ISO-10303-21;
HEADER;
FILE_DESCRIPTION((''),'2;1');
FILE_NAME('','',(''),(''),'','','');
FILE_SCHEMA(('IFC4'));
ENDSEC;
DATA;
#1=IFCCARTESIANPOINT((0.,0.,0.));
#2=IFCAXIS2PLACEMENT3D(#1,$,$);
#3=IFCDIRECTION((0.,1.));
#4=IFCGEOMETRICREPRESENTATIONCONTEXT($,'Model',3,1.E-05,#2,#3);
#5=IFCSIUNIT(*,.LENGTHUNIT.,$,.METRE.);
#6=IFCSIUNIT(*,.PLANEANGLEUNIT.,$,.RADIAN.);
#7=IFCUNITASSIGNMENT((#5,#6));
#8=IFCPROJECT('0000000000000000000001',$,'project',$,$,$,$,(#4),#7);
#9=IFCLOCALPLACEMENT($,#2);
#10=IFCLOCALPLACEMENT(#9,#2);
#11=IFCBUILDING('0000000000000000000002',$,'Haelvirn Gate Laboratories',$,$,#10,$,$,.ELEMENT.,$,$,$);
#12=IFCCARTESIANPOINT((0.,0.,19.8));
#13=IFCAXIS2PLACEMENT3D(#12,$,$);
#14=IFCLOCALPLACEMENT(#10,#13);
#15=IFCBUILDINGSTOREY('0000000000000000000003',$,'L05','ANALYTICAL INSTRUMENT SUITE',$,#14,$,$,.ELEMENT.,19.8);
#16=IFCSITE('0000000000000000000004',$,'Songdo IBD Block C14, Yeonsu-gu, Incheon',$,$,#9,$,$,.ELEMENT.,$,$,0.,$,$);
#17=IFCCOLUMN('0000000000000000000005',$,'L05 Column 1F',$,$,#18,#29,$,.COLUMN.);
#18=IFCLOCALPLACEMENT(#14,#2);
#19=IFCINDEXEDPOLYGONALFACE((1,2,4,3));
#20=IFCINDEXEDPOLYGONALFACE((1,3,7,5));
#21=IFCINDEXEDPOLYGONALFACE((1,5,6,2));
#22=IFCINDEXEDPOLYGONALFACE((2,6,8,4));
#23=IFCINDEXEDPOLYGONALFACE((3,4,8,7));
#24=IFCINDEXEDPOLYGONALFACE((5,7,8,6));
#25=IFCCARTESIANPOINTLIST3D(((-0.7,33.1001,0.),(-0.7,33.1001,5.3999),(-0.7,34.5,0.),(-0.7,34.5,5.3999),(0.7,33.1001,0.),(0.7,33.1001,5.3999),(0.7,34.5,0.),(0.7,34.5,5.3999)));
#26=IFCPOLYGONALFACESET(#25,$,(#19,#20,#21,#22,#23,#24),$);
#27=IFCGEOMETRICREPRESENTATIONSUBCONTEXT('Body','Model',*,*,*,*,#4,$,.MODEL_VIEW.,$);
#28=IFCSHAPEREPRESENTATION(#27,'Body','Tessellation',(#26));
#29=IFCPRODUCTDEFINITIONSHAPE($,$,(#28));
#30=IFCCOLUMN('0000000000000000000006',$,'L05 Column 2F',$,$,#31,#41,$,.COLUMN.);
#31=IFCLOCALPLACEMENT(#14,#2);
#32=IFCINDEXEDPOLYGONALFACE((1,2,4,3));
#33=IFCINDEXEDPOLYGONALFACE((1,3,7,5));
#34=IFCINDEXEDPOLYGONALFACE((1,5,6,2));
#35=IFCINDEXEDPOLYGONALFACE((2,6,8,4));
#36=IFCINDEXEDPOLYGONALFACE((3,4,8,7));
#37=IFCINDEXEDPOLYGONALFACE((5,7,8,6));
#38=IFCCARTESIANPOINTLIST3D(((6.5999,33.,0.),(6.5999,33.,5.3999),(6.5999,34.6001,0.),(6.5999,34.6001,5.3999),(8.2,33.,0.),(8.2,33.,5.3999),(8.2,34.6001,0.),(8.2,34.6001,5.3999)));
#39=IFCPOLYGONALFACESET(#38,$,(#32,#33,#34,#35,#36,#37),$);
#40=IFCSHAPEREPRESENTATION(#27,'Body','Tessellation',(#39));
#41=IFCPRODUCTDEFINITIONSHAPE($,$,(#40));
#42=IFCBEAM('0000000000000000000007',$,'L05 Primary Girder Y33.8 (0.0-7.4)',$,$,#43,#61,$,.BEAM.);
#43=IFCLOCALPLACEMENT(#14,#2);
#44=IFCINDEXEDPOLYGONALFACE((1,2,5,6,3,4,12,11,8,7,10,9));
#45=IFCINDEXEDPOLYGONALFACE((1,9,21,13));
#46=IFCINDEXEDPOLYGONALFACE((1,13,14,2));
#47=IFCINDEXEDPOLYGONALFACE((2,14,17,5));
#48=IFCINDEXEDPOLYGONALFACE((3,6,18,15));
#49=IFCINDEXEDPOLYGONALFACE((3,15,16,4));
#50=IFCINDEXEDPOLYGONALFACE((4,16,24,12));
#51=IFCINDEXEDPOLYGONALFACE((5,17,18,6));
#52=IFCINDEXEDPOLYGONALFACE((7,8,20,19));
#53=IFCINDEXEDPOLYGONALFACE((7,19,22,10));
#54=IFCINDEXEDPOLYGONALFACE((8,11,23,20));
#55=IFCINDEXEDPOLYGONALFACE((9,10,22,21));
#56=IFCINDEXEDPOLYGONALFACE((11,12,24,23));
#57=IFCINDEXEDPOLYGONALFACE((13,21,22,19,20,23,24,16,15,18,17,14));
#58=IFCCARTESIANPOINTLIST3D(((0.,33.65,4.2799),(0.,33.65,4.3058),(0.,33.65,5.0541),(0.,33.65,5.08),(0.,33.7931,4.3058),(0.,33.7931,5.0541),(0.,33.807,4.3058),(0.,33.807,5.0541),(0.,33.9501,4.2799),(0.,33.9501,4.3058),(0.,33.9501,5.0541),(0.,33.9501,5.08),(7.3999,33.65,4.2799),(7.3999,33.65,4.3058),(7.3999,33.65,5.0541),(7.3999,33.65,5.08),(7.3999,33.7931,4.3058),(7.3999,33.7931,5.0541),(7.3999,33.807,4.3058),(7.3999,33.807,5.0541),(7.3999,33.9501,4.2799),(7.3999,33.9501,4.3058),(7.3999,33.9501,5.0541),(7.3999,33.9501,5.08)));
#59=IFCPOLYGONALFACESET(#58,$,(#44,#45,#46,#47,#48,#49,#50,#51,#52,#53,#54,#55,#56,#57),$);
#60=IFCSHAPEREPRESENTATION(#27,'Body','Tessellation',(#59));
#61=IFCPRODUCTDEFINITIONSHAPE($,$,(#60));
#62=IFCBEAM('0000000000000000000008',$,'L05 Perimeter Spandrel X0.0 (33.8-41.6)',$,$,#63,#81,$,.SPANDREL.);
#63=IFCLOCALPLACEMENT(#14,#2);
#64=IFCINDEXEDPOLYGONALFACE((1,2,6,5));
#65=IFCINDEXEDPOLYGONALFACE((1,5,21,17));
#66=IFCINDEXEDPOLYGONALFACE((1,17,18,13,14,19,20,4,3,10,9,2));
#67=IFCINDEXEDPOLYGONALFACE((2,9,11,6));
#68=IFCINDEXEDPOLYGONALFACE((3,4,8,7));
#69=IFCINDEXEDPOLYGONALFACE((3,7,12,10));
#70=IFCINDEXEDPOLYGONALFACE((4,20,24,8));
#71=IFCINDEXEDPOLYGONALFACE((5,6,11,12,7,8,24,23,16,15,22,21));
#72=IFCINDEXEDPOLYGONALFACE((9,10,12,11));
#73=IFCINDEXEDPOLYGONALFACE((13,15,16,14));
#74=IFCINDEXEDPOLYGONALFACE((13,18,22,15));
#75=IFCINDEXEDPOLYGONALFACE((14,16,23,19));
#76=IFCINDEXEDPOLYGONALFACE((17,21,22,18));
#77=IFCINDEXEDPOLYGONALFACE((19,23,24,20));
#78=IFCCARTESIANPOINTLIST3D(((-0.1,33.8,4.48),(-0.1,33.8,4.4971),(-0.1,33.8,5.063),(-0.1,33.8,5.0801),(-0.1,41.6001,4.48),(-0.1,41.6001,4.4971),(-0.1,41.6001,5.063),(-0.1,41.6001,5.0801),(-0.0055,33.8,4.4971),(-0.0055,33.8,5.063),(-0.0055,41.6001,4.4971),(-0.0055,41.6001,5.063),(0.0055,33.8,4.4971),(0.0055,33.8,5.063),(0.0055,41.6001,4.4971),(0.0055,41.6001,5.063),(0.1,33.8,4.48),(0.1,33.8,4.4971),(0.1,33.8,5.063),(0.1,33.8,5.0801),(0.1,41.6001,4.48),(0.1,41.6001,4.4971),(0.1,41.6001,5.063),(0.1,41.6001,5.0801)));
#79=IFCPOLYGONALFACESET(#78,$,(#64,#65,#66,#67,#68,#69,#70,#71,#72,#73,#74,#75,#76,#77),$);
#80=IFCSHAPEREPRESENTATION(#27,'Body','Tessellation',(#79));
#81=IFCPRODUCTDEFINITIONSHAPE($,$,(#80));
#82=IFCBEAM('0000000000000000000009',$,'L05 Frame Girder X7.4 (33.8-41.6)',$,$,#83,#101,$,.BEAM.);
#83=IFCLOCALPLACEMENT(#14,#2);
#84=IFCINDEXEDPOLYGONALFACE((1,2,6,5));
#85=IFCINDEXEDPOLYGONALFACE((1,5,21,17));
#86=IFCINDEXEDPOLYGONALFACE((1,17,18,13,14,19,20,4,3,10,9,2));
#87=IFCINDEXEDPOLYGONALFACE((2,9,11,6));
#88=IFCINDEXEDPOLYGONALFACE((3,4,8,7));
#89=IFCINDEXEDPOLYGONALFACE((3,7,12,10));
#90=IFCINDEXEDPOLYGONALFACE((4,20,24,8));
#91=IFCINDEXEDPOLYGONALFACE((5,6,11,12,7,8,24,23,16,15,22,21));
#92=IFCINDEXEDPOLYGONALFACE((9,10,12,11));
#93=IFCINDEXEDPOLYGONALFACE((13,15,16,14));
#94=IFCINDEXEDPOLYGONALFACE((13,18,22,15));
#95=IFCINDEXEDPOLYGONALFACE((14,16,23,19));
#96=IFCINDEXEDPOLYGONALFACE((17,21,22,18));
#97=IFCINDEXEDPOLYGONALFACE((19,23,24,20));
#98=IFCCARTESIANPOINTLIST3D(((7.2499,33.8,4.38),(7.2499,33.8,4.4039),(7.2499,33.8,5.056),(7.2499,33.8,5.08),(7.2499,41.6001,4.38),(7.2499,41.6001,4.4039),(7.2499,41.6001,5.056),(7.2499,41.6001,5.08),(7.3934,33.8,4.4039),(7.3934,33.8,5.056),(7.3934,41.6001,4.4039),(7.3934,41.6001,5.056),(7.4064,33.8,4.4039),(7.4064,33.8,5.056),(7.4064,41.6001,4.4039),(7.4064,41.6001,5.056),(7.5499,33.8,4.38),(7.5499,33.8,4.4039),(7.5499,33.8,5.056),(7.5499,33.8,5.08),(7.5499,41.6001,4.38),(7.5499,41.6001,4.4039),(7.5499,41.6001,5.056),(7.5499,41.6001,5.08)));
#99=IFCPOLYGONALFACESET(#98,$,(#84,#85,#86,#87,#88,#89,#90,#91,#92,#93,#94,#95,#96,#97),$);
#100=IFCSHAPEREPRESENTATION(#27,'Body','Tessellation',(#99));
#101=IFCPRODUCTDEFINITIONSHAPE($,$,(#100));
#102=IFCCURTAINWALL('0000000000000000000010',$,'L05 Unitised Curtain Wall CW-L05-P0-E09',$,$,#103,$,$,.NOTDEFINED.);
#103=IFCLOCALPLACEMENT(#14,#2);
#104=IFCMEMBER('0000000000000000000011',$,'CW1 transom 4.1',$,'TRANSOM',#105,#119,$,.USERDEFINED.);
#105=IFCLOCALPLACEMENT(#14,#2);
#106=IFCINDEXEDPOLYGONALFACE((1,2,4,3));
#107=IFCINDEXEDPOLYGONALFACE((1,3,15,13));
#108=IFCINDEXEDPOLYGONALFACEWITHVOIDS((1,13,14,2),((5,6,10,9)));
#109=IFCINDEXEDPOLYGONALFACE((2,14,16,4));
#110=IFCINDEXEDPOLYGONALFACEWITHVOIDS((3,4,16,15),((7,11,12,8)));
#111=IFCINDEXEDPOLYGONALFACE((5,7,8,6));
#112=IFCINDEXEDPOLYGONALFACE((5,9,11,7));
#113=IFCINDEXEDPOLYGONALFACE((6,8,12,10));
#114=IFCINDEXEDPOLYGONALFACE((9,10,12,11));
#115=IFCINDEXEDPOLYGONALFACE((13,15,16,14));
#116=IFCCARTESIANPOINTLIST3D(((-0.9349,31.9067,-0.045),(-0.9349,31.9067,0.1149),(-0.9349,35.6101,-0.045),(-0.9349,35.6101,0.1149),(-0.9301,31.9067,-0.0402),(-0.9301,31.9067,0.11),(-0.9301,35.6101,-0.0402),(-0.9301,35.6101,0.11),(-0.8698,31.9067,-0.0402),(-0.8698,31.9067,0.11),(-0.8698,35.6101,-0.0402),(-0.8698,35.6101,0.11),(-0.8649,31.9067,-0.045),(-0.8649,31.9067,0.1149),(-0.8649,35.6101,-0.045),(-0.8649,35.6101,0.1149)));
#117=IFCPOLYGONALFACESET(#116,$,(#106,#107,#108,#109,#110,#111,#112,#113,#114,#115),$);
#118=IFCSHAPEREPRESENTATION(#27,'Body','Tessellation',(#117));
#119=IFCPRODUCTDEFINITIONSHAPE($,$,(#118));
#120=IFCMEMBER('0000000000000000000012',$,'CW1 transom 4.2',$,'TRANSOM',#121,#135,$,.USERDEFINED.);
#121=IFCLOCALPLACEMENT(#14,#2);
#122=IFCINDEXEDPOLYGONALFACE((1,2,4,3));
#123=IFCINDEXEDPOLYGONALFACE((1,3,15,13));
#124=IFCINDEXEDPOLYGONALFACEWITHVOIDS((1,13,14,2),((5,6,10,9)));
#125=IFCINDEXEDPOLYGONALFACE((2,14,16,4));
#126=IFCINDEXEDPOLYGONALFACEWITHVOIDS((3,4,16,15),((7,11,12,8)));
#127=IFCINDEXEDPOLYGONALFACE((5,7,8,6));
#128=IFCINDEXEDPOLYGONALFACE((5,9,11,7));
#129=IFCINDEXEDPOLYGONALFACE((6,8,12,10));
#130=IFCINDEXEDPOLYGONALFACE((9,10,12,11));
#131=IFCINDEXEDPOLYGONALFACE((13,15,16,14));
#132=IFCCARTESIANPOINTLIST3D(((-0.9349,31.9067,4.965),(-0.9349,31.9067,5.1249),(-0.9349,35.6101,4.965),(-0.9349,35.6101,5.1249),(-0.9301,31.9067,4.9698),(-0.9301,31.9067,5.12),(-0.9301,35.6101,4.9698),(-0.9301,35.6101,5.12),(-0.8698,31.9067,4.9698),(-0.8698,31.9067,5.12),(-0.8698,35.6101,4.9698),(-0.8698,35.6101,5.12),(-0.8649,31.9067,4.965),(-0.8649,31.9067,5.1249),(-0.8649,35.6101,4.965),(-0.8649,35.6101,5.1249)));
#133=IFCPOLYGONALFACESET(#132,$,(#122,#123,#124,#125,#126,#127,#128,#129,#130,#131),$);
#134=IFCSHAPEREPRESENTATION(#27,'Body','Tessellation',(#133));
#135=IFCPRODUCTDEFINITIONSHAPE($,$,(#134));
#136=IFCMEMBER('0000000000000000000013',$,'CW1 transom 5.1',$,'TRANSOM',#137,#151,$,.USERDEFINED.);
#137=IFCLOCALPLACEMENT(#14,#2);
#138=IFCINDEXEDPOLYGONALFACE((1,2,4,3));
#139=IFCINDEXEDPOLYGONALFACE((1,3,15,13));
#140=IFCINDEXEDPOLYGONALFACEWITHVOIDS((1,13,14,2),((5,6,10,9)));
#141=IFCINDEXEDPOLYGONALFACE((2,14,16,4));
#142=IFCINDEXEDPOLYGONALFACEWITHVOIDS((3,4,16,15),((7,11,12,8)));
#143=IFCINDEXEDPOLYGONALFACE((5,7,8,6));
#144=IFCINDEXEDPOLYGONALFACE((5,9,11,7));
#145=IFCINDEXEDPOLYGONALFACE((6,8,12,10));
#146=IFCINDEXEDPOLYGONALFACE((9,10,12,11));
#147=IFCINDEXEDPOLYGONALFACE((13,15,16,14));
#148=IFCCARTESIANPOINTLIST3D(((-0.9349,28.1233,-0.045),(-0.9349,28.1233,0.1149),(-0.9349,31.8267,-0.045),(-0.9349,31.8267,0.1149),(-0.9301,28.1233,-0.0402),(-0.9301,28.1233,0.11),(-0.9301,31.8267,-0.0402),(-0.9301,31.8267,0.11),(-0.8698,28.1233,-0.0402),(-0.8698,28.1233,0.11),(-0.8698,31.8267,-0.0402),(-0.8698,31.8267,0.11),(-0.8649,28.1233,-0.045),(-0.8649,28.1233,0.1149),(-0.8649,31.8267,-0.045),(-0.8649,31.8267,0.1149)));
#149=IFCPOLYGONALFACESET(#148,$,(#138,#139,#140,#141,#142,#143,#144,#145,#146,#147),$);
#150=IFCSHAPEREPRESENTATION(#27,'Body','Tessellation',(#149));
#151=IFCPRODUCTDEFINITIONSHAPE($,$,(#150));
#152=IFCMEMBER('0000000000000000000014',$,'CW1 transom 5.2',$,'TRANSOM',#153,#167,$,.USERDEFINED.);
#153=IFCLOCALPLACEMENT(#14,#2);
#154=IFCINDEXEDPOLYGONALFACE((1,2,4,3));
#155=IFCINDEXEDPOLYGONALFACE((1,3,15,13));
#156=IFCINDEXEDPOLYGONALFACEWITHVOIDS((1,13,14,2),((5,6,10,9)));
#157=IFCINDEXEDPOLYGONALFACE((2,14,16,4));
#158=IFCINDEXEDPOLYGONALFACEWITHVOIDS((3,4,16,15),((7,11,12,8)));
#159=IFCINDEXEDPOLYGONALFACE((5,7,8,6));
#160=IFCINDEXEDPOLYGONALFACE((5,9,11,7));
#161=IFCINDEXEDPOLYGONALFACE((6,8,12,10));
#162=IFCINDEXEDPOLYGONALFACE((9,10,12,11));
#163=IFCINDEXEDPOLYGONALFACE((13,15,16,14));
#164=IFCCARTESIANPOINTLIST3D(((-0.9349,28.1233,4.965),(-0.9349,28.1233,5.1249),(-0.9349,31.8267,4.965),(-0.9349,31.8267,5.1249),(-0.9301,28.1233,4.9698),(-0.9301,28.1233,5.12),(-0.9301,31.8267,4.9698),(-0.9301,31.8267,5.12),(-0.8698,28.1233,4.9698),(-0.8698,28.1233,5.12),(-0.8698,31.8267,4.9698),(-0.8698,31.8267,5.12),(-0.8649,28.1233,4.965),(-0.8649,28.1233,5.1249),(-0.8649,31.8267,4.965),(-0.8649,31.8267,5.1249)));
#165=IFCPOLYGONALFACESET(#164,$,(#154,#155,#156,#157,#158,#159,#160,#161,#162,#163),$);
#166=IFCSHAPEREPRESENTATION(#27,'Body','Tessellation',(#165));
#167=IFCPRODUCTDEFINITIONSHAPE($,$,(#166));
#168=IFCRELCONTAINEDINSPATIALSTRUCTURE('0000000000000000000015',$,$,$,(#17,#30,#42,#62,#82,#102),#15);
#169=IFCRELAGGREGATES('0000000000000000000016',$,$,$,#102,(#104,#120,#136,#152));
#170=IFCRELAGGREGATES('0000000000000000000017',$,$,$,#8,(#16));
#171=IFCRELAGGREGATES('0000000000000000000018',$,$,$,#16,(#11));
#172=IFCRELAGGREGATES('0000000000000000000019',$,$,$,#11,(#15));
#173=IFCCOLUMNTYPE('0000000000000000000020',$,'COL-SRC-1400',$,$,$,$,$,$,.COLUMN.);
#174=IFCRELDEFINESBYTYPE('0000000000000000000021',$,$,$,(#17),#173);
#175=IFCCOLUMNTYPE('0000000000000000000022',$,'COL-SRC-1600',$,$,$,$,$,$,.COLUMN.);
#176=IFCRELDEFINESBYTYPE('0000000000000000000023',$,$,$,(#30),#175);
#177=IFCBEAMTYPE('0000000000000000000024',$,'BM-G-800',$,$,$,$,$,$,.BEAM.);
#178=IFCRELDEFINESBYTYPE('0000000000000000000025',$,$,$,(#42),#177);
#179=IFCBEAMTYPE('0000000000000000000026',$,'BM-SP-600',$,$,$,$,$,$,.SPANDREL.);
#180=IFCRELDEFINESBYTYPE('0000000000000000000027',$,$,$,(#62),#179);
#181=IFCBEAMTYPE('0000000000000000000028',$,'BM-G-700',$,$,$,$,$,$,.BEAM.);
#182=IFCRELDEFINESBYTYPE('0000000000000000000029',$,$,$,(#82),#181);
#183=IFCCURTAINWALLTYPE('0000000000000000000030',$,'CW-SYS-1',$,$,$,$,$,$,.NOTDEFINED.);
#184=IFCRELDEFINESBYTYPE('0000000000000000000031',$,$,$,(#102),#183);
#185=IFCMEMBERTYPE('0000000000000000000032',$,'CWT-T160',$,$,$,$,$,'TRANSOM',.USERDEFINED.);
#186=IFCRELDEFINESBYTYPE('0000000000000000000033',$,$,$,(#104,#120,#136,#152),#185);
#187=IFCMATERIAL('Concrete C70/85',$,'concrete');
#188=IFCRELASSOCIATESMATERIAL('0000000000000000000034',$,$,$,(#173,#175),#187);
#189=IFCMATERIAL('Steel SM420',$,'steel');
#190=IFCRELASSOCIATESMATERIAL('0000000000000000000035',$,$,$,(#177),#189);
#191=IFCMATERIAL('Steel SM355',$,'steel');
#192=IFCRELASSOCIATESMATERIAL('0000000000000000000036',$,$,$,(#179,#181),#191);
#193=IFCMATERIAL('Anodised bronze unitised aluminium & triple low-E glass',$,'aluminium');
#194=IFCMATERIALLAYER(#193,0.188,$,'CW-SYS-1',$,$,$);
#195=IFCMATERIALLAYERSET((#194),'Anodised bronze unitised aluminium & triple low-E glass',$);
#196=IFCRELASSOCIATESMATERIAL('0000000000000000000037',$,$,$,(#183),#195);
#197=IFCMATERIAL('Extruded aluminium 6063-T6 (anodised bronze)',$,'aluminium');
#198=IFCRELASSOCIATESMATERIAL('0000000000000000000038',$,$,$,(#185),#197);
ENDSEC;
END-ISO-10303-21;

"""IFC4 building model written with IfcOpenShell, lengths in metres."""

from ifc_helpers import new_model, si_unit, direction, frame, origin, origin_2d, place, context, subcontext, project, spatial, rectangle, hollow_rectangle, i_section, extrude, source, transform, mapped, material, layer, layer_set, material_profile, profile_set, type_object, type_shapes, element, aggregate, save


model = new_model("IFC4")

# Units and contexts
model_context = context("Model", 3, precision=1e-05, world=origin(), true_north=direction((0.0, 1.0)))
body_context = subcontext(model_context, "Body", "Model", "MODEL_VIEW")
ifc_project = project(units=[si_unit("LENGTHUNIT", "METRE"), si_unit("PLANEANGLEUNIT", "RADIAN")], contexts=[model_context])

# Site, building, storey
site_placement = place(None, origin())
site = spatial("IfcSite", under=ifc_project, at=site_placement, Name="Songdo IBD Block C14, Yeonsu-gu, Incheon", CompositionType="ELEMENT", RefElevation=0.0)
building_placement = place(site_placement, origin())
building = spatial("IfcBuilding", under=site, at=building_placement, Name="Haelvirn Gate Laboratories", CompositionType="ELEMENT")
storey_placement = place(building_placement, frame((0.0, 0.0, 19.8)))
storey = spatial("IfcBuildingStorey", under=building, at=storey_placement, Name="L05", Description="ANALYTICAL INSTRUMENT SUITE", CompositionType="ELEMENT", Elevation=19.8)

# Columns
ifc_material_1 = material(Name="Concrete C70/85", Category="concrete")
ifc_material_profile_1 = material_profile(ifc_material_1, rectangle(XDim=1.3999, YDim=1.3999, at=origin_2d()), Name="SRC-1400x1400")
ifc_profile_set_1 = profile_set([ifc_material_profile_1], Name="Concrete C70/85")
column_type_1 = type_object("IfcColumnType", Name="COL-SRC-1400", PredefinedType="COLUMN", material=ifc_profile_set_1)
shared_shape_1 = source(origin(), body_context, "Body", "SweptSolid", [
    extrude(rectangle(XDim=1.3999, YDim=1.3999, at=origin_2d()), origin(), (0.0, 0.0, 1.0), 5.3999),
])
type_shapes(column_type_1, [shared_shape_1])
column_1_placement = place(storey_placement, frame((0.0, 33.8, 0.0), z_axis=(0.0, 0.0, 1.0), x_axis=(1.0, 0.0, 0.0)))
element("IfcColumn", 1, at=column_1_placement, inside=storey, type_object=column_type_1, Name="L05 Column 1F", PredefinedType="COLUMN", context=body_context, shape_type="MappedRepresentation", body=[
    mapped(shared_shape_1, transform((0.0, 0.0, 0.0), scale=1.0)),
])
ifc_material_profile_2 = material_profile(ifc_material_1, rectangle(XDim=1.6001, YDim=1.6001, at=origin_2d()), Name="SRC-1600x1600")
ifc_profile_set_2 = profile_set([ifc_material_profile_2], Name="Concrete C70/85")
column_type_2 = type_object("IfcColumnType", Name="COL-SRC-1600", PredefinedType="COLUMN", material=ifc_profile_set_2)
shared_shape_2 = source(origin(), body_context, "Body", "SweptSolid", [
    extrude(rectangle(XDim=1.6001, YDim=1.6001, at=origin_2d()), origin(), (0.0, 0.0, 1.0), 5.3999),
])
type_shapes(column_type_2, [shared_shape_2])
column_2_placement = place(storey_placement, frame((7.3999, 33.8, 0.0), z_axis=(0.0, 0.0, 1.0), x_axis=(1.0, 0.0, 0.0)))
element("IfcColumn", 2, at=column_2_placement, inside=storey, type_object=column_type_2, Name="L05 Column 2F", PredefinedType="COLUMN", context=body_context, shape_type="MappedRepresentation", body=[
    mapped(shared_shape_2, transform((0.0, 0.0, 0.0), scale=1.0)),
])

# Beams
ifc_material_2 = material(Name="Steel SM420", Category="steel")
ifc_material_profile_3 = material_profile(ifc_material_2, i_section(OverallWidth=0.3, OverallDepth=0.8, WebThickness=0.0139, FlangeThickness=0.0259, at=origin_2d()), Name="H-800x300x14x26")
ifc_profile_set_3 = profile_set([ifc_material_profile_3], Name="Steel SM420")
beam_type_1 = type_object("IfcBeamType", Name="BM-G-800", PredefinedType="BEAM", material=ifc_profile_set_3)
shared_shape_3 = source(origin(), body_context, "Body", "SweptSolid", [
    extrude(i_section(OverallWidth=0.3, OverallDepth=0.8, WebThickness=0.0139, FlangeThickness=0.0259, at=origin_2d()), origin(), (0.0, 0.0, 1.0), 7.3999),
])
type_shapes(beam_type_1, [shared_shape_3])
beam_1_placement = place(storey_placement, frame((0.0, 33.8, 4.6799), z_axis=(1.0, 0.0, 0.0), x_axis=(0.0, 1.0, 0.0)))
element("IfcBeam", 3, at=beam_1_placement, inside=storey, type_object=beam_type_1, Name="L05 Primary Girder Y33.8 (0.0-7.4)", PredefinedType="BEAM", context=body_context, shape_type="MappedRepresentation", body=[
    mapped(shared_shape_3, transform((0.0, 0.0, 0.0), scale=1.0)),
])
ifc_material_3 = material(Name="Steel SM355", Category="steel")
ifc_material_profile_4 = material_profile(ifc_material_3, i_section(OverallWidth=0.2, OverallDepth=0.6001, WebThickness=0.011, FlangeThickness=0.0171, at=origin_2d()), Name="H-600x200x11x17")
ifc_profile_set_4 = profile_set([ifc_material_profile_4], Name="Steel SM355")
beam_type_2 = type_object("IfcBeamType", Name="BM-SP-600", PredefinedType="SPANDREL", material=ifc_profile_set_4)
shared_shape_4 = source(origin(), body_context, "Body", "SweptSolid", [
    extrude(i_section(OverallWidth=0.2, OverallDepth=0.6001, WebThickness=0.011, FlangeThickness=0.0171, at=origin_2d()), origin(), (0.0, 0.0, 1.0), 7.8),
])
type_shapes(beam_type_2, [shared_shape_4])
beam_2_placement = place(storey_placement, frame((0.0, 33.8, 4.78), z_axis=(0.0, 1.0, 0.0), x_axis=(-1.0, 0.0, 0.0)))
element("IfcBeam", 4, at=beam_2_placement, inside=storey, type_object=beam_type_2, Name="L05 Perimeter Spandrel X0.0 (33.8-41.6)", PredefinedType="SPANDREL", context=body_context, shape_type="MappedRepresentation", body=[
    mapped(shared_shape_4, transform((0.0, 0.0, 0.0), scale=1.0)),
])
ifc_material_profile_5 = material_profile(ifc_material_3, i_section(OverallWidth=0.3, OverallDepth=0.7, WebThickness=0.0129, FlangeThickness=0.0239, at=origin_2d()), Name="H-700x300x13x24")
ifc_profile_set_5 = profile_set([ifc_material_profile_5], Name="Steel SM355")
beam_type_3 = type_object("IfcBeamType", Name="BM-G-700", PredefinedType="BEAM", material=ifc_profile_set_5)
shared_shape_5 = source(origin(), body_context, "Body", "SweptSolid", [
    extrude(i_section(OverallWidth=0.3, OverallDepth=0.7, WebThickness=0.0129, FlangeThickness=0.0239, at=origin_2d()), origin(), (0.0, 0.0, 1.0), 7.8),
])
type_shapes(beam_type_3, [shared_shape_5])
beam_3_placement = place(storey_placement, frame((7.3999, 33.8, 4.73), z_axis=(0.0, 1.0, 0.0), x_axis=(-1.0, 0.0, 0.0)))
element("IfcBeam", 5, at=beam_3_placement, inside=storey, type_object=beam_type_3, Name="L05 Frame Girder X7.4 (33.8-41.6)", PredefinedType="BEAM", context=body_context, shape_type="MappedRepresentation", body=[
    mapped(shared_shape_5, transform((0.0, 0.0, 0.0), scale=1.0)),
])

# Curtain wall, members
ifc_material_4 = material(Name="Anodised bronze unitised aluminium & triple low-E glass", Category="aluminium")
ifc_layer_1 = layer(ifc_material_4, 0.188, Name="CW-SYS-1")
ifc_layer_set_1 = layer_set([ifc_layer_1], Name="Anodised bronze unitised aluminium & triple low-E glass")
curtain_wall_type = type_object("IfcCurtainWallType", Name="CW-SYS-1", PredefinedType="NOTDEFINED", material=ifc_layer_set_1)
curtain_wall_placement = place(storey_placement, origin())
curtain_wall = element("IfcCurtainWall", 6, at=curtain_wall_placement, inside=storey, type_object=curtain_wall_type, Name="L05 Unitised Curtain Wall CW-L05-P0-E09", PredefinedType="NOTDEFINED")
ifc_material_5 = material(Name="Extruded aluminium 6063-T6 (anodised bronze)", Category="aluminium")
ifc_material_profile_6 = material_profile(ifc_material_5, hollow_rectangle(XDim=0.0701, YDim=0.1599, WallThickness=0.0049, at=origin_2d()), Name="CWT-160x70x5")
ifc_profile_set_6 = profile_set([ifc_material_profile_6], Name="Extruded aluminium 6063-T6 (anodised bronze)")
member_type_1 = type_object("IfcMemberType", Name="CWT-T160", ElementType="TRANSOM", PredefinedType="USERDEFINED", material=ifc_profile_set_6)
shared_shape_6 = source(origin(), body_context, "Body", "SweptSolid", [
    extrude(hollow_rectangle(XDim=0.0701, YDim=0.1599, WallThickness=0.0049, at=origin_2d()), origin(), (0.0, 0.0, 1.0), 3.7034),
])
type_shapes(member_type_1, [shared_shape_6])
member_1_placement = place(storey_placement, frame((-0.8999, 35.6101, 0.0349), z_axis=(0.0, -1.0, 0.0), x_axis=(1.0, 0.0, 0.0)))
member_1 = element("IfcMember", 7, at=member_1_placement, type_object=member_type_1, Name="CW1 transom 4.1", ObjectType="TRANSOM", PredefinedType="USERDEFINED", context=body_context, shape_type="MappedRepresentation", body=[
    mapped(shared_shape_6, transform((0.0, 0.0, 0.0), scale=1.0)),
])
member_2_placement = place(storey_placement, frame((-0.8999, 35.6101, 5.0449), z_axis=(0.0, -1.0, 0.0), x_axis=(1.0, 0.0, 0.0)))
member_2 = element("IfcMember", 8, at=member_2_placement, type_object=member_type_1, Name="CW1 transom 4.2", ObjectType="TRANSOM", PredefinedType="USERDEFINED", context=body_context, shape_type="MappedRepresentation", body=[
    mapped(shared_shape_6, transform((0.0, 0.0, 0.0), scale=1.0)),
])
member_3_placement = place(storey_placement, frame((-0.8999, 31.8267, 0.0349), z_axis=(0.0, -1.0, 0.0), x_axis=(1.0, 0.0, 0.0)))
member_3 = element("IfcMember", 9, at=member_3_placement, type_object=member_type_1, Name="CW1 transom 5.1", ObjectType="TRANSOM", PredefinedType="USERDEFINED", context=body_context, shape_type="MappedRepresentation", body=[
    mapped(shared_shape_6, transform((0.0, 0.0, 0.0), scale=1.0)),
])
member_4_placement = place(storey_placement, frame((-0.8999, 31.8267, 5.0449), z_axis=(0.0, -1.0, 0.0), x_axis=(1.0, 0.0, 0.0)))
member_4 = element("IfcMember", 10, at=member_4_placement, type_object=member_type_1, Name="CW1 transom 5.2", ObjectType="TRANSOM", PredefinedType="USERDEFINED", context=body_context, shape_type="MappedRepresentation", body=[
    mapped(shared_shape_6, transform((0.0, 0.0, 0.0), scale=1.0)),
])
aggregate(curtain_wall, [member_1, member_2, member_3, member_4])

save(model, "model.ifc")
